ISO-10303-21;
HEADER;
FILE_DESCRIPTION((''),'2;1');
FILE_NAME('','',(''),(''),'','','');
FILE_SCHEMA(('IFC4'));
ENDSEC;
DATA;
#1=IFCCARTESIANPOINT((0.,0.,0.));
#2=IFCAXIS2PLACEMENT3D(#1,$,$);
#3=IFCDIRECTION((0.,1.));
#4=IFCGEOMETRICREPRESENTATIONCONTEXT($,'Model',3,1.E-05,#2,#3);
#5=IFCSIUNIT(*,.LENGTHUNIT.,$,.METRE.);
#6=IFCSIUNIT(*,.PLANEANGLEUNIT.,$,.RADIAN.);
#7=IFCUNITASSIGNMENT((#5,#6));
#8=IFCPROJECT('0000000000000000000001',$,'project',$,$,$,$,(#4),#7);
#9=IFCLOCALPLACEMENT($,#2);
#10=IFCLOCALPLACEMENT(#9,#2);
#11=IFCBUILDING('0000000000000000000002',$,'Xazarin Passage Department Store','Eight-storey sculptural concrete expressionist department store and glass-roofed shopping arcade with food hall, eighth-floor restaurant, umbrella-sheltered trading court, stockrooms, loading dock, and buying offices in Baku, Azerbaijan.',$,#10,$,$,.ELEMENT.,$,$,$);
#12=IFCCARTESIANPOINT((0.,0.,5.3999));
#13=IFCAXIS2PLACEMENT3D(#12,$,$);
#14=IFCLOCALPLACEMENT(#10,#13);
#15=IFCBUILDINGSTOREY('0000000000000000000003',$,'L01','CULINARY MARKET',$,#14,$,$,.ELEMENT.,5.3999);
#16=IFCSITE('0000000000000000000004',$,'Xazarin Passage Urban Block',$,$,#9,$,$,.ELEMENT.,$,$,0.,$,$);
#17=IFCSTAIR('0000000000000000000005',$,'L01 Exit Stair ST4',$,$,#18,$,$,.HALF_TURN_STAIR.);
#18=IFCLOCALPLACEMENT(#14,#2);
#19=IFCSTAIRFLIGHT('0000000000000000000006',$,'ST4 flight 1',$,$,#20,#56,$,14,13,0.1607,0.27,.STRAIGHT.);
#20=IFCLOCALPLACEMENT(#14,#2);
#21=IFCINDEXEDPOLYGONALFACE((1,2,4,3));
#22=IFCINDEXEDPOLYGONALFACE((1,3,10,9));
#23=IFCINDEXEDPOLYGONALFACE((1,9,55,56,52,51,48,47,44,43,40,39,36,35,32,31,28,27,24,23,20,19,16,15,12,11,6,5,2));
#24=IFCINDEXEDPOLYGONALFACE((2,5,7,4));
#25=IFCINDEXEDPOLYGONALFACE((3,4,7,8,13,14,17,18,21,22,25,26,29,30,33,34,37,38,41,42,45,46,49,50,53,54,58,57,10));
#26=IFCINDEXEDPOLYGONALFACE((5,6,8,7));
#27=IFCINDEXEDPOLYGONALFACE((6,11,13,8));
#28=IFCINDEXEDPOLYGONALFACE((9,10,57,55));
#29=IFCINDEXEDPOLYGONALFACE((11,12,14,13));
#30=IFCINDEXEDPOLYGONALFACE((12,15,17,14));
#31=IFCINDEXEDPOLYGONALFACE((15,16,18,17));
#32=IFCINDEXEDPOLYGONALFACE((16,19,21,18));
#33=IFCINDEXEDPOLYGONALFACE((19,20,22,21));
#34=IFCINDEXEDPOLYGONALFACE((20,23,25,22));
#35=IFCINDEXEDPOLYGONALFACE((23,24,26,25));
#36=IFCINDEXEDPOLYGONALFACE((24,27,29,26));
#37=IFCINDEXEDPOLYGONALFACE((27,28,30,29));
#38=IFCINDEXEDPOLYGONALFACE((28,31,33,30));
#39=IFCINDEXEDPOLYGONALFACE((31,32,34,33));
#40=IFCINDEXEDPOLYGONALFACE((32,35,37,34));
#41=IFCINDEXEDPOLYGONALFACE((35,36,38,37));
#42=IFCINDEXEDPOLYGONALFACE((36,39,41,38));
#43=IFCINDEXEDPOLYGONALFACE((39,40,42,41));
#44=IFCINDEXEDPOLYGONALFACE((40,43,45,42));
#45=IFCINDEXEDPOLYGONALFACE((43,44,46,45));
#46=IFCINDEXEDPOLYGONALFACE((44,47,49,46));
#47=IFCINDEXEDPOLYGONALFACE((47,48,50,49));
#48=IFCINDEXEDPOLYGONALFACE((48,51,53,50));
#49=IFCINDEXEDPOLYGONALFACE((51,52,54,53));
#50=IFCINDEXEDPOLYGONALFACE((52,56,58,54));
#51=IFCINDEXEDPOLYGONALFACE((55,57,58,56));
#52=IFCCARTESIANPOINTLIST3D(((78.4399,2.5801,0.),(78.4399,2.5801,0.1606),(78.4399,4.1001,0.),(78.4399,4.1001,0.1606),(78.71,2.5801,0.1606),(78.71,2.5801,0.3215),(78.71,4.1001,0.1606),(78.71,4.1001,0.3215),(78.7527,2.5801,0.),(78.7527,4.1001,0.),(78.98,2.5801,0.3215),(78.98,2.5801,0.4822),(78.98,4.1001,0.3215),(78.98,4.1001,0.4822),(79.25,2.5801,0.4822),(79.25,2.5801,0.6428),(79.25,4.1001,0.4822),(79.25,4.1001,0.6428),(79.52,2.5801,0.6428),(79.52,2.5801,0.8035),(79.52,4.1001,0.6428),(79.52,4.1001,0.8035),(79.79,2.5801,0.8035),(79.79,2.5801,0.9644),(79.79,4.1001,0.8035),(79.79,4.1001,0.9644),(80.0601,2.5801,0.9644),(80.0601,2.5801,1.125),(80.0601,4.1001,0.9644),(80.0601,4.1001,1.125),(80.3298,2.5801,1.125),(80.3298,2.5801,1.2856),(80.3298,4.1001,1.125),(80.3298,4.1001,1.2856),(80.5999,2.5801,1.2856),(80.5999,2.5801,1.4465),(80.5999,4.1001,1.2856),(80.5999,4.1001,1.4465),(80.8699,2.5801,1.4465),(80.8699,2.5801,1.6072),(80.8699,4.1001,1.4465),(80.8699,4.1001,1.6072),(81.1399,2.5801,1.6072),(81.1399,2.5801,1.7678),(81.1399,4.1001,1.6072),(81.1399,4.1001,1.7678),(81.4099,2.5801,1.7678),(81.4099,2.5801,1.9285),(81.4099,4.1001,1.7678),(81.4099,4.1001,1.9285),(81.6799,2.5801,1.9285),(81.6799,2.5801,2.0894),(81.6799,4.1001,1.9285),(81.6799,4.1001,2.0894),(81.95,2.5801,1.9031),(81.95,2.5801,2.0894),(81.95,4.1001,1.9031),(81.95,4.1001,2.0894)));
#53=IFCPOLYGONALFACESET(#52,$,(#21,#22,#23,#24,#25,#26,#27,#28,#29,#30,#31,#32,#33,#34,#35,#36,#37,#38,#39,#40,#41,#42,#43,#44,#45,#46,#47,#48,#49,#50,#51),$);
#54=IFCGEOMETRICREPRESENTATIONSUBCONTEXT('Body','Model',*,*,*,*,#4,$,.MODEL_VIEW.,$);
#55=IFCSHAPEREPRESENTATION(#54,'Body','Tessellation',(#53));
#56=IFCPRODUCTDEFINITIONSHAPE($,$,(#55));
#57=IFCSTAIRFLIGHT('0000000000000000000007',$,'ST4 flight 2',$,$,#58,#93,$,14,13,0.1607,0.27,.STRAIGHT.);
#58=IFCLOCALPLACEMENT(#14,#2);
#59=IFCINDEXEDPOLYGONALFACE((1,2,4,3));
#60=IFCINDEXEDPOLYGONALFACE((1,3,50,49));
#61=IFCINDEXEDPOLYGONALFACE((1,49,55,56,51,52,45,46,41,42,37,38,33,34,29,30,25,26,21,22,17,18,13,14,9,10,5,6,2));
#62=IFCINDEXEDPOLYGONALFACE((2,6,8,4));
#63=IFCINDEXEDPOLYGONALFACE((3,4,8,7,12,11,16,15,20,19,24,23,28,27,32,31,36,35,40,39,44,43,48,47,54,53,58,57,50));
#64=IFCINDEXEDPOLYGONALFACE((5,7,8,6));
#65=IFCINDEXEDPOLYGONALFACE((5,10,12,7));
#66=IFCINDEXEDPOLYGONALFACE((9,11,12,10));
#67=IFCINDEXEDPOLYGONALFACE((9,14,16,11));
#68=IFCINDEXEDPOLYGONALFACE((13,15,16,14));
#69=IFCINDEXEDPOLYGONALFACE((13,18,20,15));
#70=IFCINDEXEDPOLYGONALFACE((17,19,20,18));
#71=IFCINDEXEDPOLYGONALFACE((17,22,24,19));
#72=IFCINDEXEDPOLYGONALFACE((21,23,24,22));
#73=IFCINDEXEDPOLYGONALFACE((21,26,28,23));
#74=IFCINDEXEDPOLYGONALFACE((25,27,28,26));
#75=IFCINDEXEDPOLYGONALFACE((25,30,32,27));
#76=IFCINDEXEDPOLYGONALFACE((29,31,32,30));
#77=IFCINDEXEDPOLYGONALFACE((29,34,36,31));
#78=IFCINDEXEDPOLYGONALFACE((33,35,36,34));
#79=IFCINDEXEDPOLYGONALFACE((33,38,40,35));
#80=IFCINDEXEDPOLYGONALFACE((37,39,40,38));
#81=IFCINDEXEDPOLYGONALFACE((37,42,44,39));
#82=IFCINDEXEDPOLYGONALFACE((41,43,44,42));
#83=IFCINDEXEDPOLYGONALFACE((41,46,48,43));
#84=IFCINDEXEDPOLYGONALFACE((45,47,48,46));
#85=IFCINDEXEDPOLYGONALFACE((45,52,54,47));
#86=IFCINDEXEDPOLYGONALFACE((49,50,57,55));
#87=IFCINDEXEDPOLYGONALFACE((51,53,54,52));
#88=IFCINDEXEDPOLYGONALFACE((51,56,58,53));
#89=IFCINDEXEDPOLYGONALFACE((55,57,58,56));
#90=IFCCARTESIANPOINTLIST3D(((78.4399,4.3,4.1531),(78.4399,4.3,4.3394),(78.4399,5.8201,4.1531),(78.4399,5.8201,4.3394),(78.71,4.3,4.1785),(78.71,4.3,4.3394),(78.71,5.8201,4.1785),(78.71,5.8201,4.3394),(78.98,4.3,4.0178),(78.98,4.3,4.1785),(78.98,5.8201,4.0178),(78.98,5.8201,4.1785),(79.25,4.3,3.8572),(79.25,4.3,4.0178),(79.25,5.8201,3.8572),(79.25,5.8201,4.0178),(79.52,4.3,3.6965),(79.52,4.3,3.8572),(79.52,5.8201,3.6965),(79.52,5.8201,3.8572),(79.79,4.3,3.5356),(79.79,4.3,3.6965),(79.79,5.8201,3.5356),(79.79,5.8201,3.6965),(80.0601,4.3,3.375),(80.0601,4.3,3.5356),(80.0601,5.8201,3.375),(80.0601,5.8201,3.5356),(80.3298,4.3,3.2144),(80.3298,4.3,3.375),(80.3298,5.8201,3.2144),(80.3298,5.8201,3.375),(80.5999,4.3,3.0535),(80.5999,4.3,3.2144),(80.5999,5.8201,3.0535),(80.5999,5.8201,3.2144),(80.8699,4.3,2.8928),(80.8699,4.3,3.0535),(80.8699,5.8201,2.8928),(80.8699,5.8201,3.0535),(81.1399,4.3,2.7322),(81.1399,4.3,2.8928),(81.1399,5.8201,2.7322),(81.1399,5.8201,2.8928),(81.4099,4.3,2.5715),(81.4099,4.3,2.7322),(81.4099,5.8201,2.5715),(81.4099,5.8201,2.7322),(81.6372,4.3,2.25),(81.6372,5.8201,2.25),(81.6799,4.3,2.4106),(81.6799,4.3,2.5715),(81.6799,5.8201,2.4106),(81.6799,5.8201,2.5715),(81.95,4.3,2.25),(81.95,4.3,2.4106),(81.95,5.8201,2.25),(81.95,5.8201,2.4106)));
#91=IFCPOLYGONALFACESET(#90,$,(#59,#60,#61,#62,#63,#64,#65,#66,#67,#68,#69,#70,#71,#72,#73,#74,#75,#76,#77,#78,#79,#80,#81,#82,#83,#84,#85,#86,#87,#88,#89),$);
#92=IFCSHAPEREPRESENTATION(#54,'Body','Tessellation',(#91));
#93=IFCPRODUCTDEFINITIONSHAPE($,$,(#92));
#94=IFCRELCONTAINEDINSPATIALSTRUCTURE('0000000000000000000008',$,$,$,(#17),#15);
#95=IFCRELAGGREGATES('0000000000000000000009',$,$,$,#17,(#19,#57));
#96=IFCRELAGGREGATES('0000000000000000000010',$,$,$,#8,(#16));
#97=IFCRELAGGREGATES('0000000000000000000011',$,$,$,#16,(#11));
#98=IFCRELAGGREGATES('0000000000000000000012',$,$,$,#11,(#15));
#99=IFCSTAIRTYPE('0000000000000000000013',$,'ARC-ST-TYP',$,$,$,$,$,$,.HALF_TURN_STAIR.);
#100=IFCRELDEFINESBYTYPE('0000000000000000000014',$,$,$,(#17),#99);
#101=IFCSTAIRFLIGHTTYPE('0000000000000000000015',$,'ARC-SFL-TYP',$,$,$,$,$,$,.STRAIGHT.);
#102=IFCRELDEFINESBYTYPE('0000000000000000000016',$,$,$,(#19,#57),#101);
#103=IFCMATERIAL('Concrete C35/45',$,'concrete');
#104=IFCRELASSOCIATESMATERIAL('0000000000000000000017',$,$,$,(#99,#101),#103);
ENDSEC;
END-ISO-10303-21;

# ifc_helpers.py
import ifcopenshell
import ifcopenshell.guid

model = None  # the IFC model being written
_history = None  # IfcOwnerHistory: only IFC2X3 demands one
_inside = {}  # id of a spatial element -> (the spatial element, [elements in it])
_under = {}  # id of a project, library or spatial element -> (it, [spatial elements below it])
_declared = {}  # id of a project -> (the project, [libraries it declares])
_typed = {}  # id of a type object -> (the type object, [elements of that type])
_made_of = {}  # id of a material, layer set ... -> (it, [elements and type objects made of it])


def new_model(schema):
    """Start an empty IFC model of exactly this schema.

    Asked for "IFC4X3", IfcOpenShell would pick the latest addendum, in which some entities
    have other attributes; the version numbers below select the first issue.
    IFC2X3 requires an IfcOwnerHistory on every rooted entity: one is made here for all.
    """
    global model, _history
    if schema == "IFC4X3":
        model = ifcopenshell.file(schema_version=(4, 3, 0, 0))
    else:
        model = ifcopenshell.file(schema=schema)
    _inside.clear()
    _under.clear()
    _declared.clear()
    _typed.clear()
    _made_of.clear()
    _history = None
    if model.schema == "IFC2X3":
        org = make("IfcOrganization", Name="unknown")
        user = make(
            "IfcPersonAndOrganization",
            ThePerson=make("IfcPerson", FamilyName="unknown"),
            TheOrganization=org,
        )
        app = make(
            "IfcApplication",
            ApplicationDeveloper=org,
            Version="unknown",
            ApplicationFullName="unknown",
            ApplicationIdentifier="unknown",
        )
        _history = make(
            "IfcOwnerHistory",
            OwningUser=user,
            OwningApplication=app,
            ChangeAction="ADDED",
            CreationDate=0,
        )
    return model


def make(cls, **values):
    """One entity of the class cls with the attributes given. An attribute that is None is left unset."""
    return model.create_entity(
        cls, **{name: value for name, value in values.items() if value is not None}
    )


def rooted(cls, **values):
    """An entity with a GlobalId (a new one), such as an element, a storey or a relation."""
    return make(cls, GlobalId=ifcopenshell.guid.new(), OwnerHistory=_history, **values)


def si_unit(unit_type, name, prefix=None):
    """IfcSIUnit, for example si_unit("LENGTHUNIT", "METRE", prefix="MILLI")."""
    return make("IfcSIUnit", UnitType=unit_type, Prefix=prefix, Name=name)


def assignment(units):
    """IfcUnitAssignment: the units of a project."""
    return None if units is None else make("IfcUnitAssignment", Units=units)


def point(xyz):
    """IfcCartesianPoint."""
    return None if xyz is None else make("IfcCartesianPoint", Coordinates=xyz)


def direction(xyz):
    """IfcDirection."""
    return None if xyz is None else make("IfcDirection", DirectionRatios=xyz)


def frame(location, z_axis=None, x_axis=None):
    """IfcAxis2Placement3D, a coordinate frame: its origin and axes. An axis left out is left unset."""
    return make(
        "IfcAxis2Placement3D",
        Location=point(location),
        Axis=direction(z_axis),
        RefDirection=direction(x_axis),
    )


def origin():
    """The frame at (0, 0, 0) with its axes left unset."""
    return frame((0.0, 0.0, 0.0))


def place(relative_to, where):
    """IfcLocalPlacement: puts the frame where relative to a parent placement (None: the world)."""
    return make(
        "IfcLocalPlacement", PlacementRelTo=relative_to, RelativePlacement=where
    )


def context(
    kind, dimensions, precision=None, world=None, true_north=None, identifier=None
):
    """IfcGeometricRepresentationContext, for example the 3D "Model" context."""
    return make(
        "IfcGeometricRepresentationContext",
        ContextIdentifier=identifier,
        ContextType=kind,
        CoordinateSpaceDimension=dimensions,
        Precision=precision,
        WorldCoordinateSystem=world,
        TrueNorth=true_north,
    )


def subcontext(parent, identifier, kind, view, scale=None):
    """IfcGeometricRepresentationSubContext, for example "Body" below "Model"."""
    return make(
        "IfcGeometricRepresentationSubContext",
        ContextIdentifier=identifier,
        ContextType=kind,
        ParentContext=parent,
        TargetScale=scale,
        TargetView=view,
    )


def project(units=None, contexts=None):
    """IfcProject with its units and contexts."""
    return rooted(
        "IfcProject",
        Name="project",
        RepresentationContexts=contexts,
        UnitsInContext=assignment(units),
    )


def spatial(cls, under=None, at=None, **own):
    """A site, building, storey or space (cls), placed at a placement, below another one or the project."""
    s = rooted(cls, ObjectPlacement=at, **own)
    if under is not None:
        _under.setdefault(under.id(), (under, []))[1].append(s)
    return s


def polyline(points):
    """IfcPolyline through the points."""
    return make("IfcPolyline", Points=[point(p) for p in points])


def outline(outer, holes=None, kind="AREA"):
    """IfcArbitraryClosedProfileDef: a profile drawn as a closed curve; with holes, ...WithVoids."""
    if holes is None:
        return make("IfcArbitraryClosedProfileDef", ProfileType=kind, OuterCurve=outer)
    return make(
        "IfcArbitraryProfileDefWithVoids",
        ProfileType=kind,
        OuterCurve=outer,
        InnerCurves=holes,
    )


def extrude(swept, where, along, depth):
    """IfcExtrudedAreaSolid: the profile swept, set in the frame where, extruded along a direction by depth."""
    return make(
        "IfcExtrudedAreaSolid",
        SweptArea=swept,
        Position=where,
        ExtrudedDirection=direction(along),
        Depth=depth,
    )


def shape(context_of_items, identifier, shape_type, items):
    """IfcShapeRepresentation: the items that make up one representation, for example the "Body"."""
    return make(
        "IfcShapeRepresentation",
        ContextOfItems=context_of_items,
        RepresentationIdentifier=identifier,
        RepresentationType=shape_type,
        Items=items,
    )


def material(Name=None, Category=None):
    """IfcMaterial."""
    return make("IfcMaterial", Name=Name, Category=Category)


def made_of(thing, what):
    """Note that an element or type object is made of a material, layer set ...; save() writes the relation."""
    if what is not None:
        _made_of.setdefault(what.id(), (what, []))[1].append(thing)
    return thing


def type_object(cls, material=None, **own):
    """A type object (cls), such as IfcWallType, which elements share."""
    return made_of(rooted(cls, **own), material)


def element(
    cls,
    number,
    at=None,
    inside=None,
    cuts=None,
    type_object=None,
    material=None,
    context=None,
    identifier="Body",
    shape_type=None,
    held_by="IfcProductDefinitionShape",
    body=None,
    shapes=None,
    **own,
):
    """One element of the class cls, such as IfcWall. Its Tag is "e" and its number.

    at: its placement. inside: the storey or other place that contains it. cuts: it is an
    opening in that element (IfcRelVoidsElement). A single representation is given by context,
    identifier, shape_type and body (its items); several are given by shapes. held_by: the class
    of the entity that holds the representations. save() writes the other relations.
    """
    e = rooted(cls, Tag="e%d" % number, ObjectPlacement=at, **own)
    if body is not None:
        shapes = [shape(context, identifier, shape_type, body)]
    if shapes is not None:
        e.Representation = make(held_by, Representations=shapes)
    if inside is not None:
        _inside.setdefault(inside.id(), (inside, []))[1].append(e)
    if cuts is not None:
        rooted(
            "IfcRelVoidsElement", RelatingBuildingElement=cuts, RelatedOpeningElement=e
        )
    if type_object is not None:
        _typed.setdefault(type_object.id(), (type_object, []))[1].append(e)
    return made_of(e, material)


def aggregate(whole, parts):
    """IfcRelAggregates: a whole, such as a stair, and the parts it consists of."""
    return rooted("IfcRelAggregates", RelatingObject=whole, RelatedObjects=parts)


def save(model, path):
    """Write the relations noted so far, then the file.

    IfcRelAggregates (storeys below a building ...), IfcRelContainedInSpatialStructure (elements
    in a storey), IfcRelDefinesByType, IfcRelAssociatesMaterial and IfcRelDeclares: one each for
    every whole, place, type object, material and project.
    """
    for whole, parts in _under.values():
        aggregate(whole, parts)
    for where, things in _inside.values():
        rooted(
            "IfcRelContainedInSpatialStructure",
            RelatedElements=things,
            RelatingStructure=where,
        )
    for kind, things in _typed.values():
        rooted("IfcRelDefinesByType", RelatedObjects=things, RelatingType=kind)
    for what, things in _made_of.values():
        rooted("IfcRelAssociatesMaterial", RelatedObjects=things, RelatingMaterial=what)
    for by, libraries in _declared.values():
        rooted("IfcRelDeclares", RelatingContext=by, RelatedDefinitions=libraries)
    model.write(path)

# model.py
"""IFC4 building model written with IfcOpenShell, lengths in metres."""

from ifc_helpers import new_model, si_unit, direction, frame, origin, place, context, subcontext, project, spatial, polyline, outline, extrude, material, type_object, element, aggregate, save


model = new_model("IFC4")

# Units and contexts
model_context = context("Model", 3, precision=1e-05, world=origin(), true_north=direction((0.0, 1.0)))
body_context = subcontext(model_context, "Body", "Model", "MODEL_VIEW")
ifc_project = project(units=[si_unit("LENGTHUNIT", "METRE"), si_unit("PLANEANGLEUNIT", "RADIAN")], contexts=[model_context])

# Site, building, storey
site_placement = place(None, origin())
site = spatial("IfcSite", under=ifc_project, at=site_placement, Name="Xazarin Passage Urban Block", CompositionType="ELEMENT", RefElevation=0.0)
building_placement = place(site_placement, origin())
building = spatial("IfcBuilding", under=site, at=building_placement, Name="Xazarin Passage Department Store", Description="Eight-storey sculptural concrete expressionist department store and glass-roofed shopping arcade with food hall, eighth-floor restaurant, umbrella-sheltered trading court, stockrooms, loading dock, and buying offices in Baku, Azerbaijan.", CompositionType="ELEMENT")
storey_placement = place(building_placement, frame((0.0, 0.0, 5.3999)))
storey = spatial("IfcBuildingStorey", under=building, at=storey_placement, Name="L01", Description="CULINARY MARKET", CompositionType="ELEMENT", Elevation=5.3999)

# Shared definitions
ifc_material_1 = material(Name="Concrete C35/45", Category="concrete")

# Stair, stair flights
stair_type = type_object("IfcStairType", Name="ARC-ST-TYP", PredefinedType="HALF_TURN_STAIR", material=ifc_material_1)
stair_placement = place(storey_placement, origin())
stair = element("IfcStair", 1, at=stair_placement, inside=storey, type_object=stair_type, Name="L01 Exit Stair ST4", PredefinedType="HALF_TURN_STAIR")
stair_flight_type = type_object("IfcStairFlightType", Name="ARC-SFL-TYP", PredefinedType="STRAIGHT", material=ifc_material_1)
stair_flight_1_placement = place(storey_placement, frame((78.4399, 3.3401, 0.0), z_axis=(0.0, 0.0, 1.0), x_axis=(1.0, 0.0, 0.0)))
stair_flight_1 = element("IfcStairFlight", 2, at=stair_flight_1_placement, type_object=stair_flight_type, Name="ST4 flight 1", NumberOfRisers=14, NumberOfTreads=13, PredefinedType="STRAIGHT", RiserHeight=0.1607, TreadLength=0.27, context=body_context, shape_type="SweptSolid", body=[
    extrude(outline(polyline([(0.0, 0.0), (0.0, 0.1606), (0.27, 0.1606), (0.27, 0.3215), (0.54, 0.3215), (0.54, 0.4822), (0.8101, 0.4822), (0.8101, 0.6428), (1.0801, 0.6428), (1.0801, 0.8035), (1.3501, 0.8035), (1.3501, 0.9644), (1.6201, 0.9644), (1.6201, 1.125), (1.8899, 1.125), (1.8899, 1.2856), (2.1599, 1.2856), (2.1599, 1.4465), (2.4299, 1.4465), (2.4299, 1.6072), (2.7, 1.6072), (2.7, 1.7678), (2.97, 1.7678), (2.97, 1.9285), (3.24, 1.9285), (3.24, 2.0894), (3.51, 2.0894), (3.51, 2.25), (3.51, 1.9031), (0.3127, 0.0), (0.0, 0.0)])), frame((0.0, 0.76, 0.0), z_axis=(0.0, -1.0, 0.0), x_axis=(1.0, 0.0, 0.0)), (0.0, 0.0, 1.0), 1.52),
])
stair_flight_2_placement = place(storey_placement, frame((81.95, 5.0601, 2.25), z_axis=(0.0, 0.0, 1.0), x_axis=(-1.0, 0.0, 0.0)))
stair_flight_2 = element("IfcStairFlight", 3, at=stair_flight_2_placement, type_object=stair_flight_type, Name="ST4 flight 2", NumberOfRisers=14, NumberOfTreads=13, PredefinedType="STRAIGHT", RiserHeight=0.1607, TreadLength=0.27, context=body_context, shape_type="SweptSolid", body=[
    extrude(outline(polyline([(0.0, 0.0), (0.0, 0.1606), (0.27, 0.1606), (0.27, 0.3215), (0.54, 0.3215), (0.54, 0.4822), (0.8101, 0.4822), (0.8101, 0.6428), (1.0801, 0.6428), (1.0801, 0.8035), (1.3501, 0.8035), (1.3501, 0.9644), (1.6201, 0.9644), (1.6201, 1.125), (1.8899, 1.125), (1.8899, 1.2856), (2.1599, 1.2856), (2.1599, 1.4465), (2.4299, 1.4465), (2.4299, 1.6072), (2.7, 1.6072), (2.7, 1.7678), (2.97, 1.7678), (2.97, 1.9285), (3.24, 1.9285), (3.24, 2.0894), (3.51, 2.0894), (3.51, 2.25), (3.51, 1.9031), (0.3127, 0.0), (0.0, 0.0)])), frame((0.0, 0.76, 0.0), z_axis=(0.0, -1.0, 0.0), x_axis=(1.0, 0.0, 0.0)), (0.0, 0.0, 1.0), 1.52),
])
aggregate(stair, [stair_flight_1, stair_flight_2])

save(model, "model.ifc")
